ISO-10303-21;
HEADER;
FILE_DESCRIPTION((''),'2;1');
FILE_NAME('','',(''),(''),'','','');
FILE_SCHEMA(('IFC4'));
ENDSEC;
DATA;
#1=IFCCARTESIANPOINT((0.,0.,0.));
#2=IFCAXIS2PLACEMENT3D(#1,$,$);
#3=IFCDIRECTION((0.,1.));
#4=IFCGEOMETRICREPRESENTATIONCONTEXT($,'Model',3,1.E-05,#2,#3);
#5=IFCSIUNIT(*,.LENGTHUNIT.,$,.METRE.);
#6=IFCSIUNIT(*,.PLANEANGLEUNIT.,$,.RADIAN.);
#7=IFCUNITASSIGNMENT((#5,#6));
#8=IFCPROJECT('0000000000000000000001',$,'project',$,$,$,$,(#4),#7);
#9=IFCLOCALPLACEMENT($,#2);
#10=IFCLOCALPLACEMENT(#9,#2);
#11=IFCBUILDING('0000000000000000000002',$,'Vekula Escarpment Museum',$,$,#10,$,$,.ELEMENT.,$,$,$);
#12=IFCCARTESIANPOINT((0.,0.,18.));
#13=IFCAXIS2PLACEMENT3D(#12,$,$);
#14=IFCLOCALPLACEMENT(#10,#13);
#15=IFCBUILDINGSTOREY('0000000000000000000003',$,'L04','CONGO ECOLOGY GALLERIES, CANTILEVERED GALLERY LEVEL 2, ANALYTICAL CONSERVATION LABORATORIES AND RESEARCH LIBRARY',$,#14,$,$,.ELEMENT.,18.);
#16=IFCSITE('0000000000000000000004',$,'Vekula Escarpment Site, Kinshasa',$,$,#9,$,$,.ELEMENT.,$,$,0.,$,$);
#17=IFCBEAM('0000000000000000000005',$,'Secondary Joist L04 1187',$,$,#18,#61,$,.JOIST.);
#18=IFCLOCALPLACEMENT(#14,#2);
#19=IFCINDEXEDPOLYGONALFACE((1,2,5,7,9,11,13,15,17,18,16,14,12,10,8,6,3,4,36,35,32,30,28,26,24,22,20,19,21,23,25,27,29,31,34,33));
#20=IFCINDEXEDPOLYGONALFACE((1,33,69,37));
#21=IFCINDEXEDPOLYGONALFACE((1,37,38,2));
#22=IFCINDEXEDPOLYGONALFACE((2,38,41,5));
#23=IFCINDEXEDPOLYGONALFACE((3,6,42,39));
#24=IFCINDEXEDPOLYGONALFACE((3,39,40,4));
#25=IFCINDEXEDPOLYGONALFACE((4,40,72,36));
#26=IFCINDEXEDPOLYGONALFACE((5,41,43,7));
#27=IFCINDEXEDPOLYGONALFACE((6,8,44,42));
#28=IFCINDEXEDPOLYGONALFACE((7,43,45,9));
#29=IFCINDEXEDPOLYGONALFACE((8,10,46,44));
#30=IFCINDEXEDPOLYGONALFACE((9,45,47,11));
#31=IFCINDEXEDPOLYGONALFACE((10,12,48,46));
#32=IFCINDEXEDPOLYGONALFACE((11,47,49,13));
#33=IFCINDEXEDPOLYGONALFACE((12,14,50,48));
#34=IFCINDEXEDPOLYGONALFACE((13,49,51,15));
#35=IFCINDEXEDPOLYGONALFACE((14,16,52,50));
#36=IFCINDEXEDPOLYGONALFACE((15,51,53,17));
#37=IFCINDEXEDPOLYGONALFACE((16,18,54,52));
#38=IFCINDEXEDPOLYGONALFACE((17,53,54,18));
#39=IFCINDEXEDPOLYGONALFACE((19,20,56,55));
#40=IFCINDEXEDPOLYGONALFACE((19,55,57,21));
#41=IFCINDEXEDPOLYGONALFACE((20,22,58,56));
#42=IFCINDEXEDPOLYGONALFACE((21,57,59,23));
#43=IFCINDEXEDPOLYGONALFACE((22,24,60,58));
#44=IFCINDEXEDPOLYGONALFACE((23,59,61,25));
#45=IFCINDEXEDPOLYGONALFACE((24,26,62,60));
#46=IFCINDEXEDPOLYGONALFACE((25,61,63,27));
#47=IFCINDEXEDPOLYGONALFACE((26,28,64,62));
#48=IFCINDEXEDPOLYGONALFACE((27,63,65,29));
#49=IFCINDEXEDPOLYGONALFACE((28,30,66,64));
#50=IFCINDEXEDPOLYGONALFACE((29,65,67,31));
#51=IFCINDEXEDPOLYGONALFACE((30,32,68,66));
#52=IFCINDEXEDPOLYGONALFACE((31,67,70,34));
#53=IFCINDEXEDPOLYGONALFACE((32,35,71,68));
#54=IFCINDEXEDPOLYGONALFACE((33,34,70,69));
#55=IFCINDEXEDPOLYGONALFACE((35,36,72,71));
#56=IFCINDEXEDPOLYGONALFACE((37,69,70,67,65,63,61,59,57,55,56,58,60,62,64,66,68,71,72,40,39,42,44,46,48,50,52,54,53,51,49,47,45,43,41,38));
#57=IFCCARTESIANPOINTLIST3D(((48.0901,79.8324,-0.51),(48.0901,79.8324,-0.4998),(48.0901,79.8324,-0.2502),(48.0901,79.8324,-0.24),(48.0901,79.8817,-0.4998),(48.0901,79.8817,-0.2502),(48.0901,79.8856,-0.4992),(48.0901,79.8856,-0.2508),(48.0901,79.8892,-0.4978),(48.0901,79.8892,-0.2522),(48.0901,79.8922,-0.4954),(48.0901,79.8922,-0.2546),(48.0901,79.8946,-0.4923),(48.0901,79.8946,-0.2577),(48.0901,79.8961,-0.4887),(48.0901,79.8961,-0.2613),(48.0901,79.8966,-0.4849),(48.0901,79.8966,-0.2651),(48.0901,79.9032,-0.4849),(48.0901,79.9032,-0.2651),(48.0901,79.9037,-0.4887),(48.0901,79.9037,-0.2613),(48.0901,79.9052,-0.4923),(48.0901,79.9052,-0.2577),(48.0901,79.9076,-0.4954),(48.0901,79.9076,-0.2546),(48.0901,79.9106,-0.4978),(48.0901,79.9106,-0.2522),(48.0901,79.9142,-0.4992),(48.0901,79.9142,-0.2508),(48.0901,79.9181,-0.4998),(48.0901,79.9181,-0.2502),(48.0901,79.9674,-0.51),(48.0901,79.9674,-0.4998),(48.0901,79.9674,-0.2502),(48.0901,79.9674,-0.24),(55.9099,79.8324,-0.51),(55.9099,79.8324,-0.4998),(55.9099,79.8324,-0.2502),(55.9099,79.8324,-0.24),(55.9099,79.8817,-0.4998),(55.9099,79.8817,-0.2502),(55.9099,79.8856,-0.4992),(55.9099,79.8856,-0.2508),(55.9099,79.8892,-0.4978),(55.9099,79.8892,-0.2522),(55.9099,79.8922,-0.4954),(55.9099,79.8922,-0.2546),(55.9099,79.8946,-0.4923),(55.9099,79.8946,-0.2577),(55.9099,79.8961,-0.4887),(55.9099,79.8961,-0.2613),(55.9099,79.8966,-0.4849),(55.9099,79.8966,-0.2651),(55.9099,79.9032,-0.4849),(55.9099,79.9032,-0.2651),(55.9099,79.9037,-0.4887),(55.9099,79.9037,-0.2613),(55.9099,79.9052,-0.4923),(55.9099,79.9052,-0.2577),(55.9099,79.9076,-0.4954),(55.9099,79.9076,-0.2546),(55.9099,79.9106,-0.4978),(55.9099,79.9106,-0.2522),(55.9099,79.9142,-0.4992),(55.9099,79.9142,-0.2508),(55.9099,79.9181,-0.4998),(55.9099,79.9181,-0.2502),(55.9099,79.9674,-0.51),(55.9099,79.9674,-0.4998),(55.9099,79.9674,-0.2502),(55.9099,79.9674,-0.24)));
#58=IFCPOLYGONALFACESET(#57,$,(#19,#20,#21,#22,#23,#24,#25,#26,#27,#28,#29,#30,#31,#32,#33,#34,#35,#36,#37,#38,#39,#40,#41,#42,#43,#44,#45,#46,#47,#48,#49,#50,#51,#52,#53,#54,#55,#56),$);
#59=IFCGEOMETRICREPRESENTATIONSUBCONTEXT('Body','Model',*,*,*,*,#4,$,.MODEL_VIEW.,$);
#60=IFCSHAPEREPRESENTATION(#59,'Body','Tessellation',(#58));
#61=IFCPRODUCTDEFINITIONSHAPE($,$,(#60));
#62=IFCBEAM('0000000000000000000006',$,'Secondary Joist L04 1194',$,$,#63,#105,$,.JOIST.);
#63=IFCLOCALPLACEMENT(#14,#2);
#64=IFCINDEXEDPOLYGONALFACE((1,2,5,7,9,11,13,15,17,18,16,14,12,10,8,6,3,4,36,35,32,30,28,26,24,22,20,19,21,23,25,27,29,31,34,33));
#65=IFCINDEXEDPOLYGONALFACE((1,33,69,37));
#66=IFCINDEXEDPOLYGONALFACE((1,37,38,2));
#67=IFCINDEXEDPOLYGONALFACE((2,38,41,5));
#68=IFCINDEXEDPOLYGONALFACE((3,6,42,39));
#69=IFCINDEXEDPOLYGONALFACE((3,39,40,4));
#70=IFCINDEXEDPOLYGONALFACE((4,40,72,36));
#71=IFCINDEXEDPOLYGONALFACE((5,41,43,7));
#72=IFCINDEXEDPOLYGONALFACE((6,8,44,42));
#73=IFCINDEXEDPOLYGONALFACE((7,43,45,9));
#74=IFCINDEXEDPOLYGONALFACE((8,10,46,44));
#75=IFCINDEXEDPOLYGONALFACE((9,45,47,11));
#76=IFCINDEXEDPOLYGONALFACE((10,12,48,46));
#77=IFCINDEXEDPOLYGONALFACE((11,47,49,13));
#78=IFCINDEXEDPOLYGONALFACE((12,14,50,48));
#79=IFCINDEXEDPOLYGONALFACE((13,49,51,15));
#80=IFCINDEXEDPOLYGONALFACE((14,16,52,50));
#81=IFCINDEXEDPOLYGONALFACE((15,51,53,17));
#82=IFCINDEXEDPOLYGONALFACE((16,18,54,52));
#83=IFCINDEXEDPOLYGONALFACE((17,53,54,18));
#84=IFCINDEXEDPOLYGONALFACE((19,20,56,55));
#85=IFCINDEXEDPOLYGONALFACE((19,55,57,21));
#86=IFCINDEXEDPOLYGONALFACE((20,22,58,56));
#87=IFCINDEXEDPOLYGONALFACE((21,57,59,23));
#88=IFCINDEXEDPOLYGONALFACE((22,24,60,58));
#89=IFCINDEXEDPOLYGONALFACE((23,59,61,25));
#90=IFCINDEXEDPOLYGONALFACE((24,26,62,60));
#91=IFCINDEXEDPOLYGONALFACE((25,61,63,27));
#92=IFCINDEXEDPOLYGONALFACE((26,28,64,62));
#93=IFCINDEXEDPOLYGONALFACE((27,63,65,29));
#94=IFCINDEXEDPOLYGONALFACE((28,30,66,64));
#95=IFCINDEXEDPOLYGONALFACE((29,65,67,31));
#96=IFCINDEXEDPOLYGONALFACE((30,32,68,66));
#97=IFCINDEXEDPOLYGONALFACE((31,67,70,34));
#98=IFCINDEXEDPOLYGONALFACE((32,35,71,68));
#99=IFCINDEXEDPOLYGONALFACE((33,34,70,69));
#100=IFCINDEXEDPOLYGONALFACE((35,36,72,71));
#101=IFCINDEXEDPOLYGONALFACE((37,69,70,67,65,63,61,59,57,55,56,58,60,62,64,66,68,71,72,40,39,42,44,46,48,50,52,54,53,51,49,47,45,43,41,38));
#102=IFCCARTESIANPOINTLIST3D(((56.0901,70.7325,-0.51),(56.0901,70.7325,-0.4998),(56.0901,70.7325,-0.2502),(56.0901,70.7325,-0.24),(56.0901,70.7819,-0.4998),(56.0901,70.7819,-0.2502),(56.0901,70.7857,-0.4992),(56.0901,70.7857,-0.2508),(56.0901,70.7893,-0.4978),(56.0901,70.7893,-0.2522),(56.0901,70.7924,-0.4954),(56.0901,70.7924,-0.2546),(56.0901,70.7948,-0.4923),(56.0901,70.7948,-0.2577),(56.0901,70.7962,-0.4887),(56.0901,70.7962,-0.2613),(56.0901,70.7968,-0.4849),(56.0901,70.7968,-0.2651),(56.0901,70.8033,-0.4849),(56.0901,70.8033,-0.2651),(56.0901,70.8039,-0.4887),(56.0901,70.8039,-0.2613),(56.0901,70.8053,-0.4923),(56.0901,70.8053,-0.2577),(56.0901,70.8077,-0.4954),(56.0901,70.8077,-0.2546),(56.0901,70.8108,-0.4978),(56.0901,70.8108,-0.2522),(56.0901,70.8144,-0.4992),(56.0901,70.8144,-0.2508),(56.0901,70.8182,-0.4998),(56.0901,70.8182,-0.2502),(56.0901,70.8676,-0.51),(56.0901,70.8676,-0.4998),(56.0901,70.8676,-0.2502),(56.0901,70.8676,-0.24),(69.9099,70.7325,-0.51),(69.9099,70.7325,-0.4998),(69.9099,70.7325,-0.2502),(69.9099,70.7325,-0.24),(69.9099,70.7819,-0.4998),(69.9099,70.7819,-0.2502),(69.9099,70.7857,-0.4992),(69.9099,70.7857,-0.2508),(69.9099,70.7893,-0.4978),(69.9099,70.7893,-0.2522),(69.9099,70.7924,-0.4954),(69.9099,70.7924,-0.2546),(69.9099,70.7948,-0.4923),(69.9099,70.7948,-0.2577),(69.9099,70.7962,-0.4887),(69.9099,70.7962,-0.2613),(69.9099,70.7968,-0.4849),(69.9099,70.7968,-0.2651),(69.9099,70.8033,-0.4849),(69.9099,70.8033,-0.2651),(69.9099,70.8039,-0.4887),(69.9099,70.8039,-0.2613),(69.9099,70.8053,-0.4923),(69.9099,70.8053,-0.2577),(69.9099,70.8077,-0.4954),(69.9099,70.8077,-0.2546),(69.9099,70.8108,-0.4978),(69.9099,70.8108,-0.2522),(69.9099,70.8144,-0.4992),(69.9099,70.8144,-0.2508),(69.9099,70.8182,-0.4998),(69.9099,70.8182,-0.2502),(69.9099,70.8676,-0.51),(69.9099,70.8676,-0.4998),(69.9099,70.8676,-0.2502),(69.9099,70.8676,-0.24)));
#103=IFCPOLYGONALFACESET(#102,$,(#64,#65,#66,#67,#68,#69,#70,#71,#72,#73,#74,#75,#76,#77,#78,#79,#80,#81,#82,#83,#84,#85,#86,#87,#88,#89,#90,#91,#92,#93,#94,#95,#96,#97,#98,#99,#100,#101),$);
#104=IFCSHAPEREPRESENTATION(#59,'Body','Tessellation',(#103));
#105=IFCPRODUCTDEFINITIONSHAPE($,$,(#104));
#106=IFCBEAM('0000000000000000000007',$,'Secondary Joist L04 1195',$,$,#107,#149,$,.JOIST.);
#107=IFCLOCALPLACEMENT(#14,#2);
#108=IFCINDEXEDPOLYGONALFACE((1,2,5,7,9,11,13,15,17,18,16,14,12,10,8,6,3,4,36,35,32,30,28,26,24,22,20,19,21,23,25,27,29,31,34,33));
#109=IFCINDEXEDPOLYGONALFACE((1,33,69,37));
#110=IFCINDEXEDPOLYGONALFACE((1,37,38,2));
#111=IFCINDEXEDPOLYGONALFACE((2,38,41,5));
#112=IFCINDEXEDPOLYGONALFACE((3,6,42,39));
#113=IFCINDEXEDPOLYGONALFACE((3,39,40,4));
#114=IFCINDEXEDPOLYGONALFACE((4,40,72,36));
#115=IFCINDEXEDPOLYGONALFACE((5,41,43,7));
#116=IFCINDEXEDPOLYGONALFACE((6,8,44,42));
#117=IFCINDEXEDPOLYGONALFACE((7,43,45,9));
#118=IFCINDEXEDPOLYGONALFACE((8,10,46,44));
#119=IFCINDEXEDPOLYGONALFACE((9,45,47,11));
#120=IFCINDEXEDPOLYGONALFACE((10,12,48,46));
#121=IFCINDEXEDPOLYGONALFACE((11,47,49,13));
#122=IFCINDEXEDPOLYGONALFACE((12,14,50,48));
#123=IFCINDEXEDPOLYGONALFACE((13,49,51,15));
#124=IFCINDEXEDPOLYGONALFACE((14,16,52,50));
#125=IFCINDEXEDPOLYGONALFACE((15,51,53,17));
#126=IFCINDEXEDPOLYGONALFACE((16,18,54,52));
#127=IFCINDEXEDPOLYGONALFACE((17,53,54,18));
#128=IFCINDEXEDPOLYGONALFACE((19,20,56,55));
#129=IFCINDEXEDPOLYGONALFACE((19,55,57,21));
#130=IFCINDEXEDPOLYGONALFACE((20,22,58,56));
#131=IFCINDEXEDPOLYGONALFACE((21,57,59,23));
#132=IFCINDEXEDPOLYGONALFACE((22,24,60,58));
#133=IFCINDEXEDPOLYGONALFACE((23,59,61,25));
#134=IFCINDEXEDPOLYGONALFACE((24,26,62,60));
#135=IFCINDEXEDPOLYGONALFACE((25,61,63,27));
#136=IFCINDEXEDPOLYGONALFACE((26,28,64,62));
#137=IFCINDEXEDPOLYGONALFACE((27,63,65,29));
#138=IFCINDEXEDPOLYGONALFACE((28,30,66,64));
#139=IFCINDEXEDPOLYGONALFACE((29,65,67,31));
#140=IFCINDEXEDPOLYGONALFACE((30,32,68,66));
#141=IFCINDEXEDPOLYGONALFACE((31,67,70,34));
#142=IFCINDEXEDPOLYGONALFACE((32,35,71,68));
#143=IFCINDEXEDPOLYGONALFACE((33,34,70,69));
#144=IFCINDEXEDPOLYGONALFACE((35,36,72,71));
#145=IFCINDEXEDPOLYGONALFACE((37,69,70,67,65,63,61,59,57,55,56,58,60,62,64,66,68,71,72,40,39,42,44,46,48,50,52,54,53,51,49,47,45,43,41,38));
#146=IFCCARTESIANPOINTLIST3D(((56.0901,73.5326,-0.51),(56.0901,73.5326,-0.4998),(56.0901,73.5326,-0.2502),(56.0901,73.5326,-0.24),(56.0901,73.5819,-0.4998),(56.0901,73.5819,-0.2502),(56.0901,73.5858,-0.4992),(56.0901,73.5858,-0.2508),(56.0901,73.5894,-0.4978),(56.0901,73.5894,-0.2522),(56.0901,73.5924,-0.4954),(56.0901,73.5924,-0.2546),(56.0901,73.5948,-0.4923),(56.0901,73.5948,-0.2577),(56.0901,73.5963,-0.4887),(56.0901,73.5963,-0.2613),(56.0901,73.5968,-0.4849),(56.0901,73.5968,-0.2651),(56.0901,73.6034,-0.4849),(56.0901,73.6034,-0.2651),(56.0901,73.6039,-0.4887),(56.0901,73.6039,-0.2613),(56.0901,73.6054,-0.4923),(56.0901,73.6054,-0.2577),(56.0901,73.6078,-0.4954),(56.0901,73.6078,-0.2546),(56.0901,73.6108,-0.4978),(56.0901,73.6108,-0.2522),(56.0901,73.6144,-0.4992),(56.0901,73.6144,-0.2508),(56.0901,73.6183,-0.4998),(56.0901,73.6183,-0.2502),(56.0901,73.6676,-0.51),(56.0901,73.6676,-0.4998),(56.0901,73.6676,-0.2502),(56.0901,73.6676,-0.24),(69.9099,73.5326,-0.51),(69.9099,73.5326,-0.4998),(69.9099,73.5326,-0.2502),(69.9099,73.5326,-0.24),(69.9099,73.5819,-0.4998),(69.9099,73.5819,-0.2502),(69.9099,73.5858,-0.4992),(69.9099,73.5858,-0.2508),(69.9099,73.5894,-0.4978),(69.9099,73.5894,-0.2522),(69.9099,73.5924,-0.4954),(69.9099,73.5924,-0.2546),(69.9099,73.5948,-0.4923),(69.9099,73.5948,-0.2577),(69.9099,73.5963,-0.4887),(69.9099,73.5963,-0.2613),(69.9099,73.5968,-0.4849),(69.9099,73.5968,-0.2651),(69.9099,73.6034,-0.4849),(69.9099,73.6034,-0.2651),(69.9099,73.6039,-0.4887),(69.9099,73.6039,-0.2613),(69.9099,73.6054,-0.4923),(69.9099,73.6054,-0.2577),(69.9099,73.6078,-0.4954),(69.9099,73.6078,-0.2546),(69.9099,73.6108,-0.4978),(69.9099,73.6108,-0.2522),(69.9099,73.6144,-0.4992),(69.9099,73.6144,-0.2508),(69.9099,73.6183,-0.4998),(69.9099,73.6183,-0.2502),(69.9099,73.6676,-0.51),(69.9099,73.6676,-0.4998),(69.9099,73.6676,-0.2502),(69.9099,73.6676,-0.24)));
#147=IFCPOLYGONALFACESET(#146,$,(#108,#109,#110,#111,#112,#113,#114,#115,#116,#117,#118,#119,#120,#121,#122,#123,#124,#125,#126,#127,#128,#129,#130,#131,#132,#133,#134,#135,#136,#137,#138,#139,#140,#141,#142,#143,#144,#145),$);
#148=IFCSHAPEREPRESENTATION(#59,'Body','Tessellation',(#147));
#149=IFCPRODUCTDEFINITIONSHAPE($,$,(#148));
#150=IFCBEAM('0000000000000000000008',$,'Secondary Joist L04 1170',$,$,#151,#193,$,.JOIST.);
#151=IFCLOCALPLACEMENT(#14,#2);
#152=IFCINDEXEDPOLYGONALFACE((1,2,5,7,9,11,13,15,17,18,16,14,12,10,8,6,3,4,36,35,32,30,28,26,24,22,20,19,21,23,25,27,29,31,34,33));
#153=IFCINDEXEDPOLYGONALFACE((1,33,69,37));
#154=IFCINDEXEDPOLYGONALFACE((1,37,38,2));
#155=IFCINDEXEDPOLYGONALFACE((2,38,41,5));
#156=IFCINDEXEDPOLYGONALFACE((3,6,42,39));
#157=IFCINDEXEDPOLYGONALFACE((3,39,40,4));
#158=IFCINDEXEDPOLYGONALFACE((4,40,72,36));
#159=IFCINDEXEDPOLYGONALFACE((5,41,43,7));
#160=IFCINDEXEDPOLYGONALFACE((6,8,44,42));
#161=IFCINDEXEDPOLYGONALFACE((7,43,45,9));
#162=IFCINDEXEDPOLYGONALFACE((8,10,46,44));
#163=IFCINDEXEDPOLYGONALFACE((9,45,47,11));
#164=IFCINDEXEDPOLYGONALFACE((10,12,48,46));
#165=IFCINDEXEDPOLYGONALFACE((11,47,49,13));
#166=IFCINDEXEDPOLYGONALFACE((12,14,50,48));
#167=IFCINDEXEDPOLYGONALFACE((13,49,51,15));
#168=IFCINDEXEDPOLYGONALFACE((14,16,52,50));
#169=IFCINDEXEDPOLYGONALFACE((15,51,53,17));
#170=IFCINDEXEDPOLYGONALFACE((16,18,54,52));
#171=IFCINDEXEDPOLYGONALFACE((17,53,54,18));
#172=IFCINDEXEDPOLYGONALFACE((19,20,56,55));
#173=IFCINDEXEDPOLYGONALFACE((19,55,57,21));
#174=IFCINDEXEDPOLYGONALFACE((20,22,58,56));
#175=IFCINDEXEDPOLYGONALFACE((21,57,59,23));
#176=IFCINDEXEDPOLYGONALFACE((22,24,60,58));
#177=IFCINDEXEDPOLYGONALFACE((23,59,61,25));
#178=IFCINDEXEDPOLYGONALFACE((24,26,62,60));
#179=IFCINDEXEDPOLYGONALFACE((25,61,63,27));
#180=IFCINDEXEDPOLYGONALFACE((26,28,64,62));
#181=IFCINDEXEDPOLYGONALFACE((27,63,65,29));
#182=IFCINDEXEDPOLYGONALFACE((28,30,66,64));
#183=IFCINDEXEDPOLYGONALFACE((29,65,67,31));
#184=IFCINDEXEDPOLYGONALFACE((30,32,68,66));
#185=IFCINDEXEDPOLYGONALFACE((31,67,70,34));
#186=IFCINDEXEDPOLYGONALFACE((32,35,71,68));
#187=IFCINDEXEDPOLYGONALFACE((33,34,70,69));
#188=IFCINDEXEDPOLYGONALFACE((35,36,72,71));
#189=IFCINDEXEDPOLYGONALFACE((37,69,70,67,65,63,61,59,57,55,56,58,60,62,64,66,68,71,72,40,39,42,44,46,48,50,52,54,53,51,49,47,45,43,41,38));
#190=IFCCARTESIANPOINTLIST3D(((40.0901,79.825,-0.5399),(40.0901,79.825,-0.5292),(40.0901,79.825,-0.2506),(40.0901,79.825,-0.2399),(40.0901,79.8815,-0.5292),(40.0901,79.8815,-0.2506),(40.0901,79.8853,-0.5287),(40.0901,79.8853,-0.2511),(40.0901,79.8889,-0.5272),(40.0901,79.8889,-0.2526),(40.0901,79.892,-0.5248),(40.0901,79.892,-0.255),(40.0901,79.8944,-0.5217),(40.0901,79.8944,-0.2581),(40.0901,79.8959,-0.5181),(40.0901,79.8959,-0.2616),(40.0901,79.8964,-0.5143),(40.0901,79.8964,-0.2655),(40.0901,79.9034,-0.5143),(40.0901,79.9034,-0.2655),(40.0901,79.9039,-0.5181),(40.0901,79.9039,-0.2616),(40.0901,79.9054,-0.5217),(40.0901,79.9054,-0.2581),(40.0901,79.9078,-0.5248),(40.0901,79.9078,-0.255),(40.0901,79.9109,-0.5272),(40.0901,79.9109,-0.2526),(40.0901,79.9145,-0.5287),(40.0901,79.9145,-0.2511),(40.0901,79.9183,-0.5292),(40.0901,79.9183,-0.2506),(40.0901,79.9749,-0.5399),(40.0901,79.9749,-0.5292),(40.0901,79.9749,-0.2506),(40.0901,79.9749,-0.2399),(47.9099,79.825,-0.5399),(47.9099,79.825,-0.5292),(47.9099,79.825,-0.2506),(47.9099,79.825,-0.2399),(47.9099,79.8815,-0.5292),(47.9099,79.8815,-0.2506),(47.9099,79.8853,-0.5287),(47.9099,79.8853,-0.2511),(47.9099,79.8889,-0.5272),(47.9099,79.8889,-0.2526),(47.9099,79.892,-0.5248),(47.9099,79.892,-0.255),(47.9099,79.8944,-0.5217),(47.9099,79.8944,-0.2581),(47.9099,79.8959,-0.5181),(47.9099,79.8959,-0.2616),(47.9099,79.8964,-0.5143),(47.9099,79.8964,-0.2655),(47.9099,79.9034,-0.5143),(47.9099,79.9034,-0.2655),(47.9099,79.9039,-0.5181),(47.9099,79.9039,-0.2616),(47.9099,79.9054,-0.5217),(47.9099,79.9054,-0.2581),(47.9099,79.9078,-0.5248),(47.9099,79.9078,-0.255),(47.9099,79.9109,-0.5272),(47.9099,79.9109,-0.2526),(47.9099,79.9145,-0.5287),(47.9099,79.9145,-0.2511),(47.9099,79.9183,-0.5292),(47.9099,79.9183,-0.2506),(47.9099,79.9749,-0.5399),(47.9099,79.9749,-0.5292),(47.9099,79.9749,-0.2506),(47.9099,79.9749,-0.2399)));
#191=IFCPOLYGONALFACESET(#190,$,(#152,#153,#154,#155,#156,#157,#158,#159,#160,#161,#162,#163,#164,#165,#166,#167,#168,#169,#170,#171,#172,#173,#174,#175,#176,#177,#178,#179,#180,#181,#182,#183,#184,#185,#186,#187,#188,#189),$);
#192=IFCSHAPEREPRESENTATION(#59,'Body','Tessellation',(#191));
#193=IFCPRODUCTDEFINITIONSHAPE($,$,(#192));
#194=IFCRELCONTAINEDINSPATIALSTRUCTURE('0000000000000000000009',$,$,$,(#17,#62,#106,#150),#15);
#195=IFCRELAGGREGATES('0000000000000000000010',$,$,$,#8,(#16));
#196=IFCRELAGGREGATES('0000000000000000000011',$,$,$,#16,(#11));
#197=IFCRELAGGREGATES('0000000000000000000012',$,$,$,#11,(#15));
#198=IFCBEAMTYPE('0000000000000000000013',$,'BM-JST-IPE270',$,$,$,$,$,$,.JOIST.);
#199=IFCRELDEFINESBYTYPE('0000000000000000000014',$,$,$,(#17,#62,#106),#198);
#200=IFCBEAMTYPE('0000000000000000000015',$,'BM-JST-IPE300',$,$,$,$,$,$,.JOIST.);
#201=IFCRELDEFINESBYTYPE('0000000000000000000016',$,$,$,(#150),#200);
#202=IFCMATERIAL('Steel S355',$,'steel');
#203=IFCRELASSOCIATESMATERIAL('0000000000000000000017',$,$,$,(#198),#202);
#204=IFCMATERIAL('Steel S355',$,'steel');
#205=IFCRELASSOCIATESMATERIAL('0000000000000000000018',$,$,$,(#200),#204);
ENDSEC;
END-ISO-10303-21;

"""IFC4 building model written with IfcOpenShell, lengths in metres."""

from ifc_helpers import new_model, si_unit, direction, frame, origin, origin_2d, place, context, subcontext, project, spatial, i_section, extrude, material, material_profile, profile_set, type_object, element, save


model = new_model("IFC4")

# Units and contexts
model_context = context("Model", 3, precision=1e-05, world=origin(), true_north=direction((0.0, 1.0)))
body_context = subcontext(model_context, "Body", "Model", "MODEL_VIEW")
ifc_project = project(units=[si_unit("LENGTHUNIT", "METRE"), si_unit("PLANEANGLEUNIT", "RADIAN")], contexts=[model_context])

# Site, building, storey
site_placement = place(None, origin())
site = spatial("IfcSite", under=ifc_project, at=site_placement, Name="Vekula Escarpment Site, Kinshasa", CompositionType="ELEMENT", RefElevation=0.0)
building_placement = place(site_placement, origin())
building = spatial("IfcBuilding", under=site, at=building_placement, Name="Vekula Escarpment Museum", CompositionType="ELEMENT")
storey_placement = place(building_placement, frame((0.0, 0.0, 18.0)))
storey = spatial("IfcBuildingStorey", under=building, at=storey_placement, Name="L04", Description="CONGO ECOLOGY GALLERIES, CANTILEVERED GALLERY LEVEL 2, ANALYTICAL CONSERVATION LABORATORIES AND RESEARCH LIBRARY", CompositionType="ELEMENT", Elevation=18.0)

# Beams
ifc_material_1 = material(Name="Steel S355", Category="steel")
ifc_material_profile_1 = material_profile(ifc_material_1, i_section(OverallWidth=0.135, OverallDepth=0.27, WebThickness=0.0066, FlangeThickness=0.0103, FilletRadius=0.0149, at=origin_2d()), Name="IPE 270")
ifc_profile_set_1 = profile_set([ifc_material_profile_1], Name="Steel S355")
beam_type_1 = type_object("IfcBeamType", Name="BM-JST-IPE270", PredefinedType="JOIST", material=ifc_profile_set_1)
beam_1_placement = place(storey_placement, frame((48.0901, 79.8999, -0.375), z_axis=(1.0, 0.0, 0.0), x_axis=(0.0, 1.0, 0.0)))
element("IfcBeam", 1, at=beam_1_placement, inside=storey, type_object=beam_type_1, Name="Secondary Joist L04 1187", PredefinedType="JOIST", context=body_context, shape_type="SweptSolid", body=[
    extrude(i_section(OverallWidth=0.135, OverallDepth=0.27, WebThickness=0.0066, FlangeThickness=0.0103, FilletRadius=0.0149, at=origin_2d()), origin(), (0.0, 0.0, 1.0), 7.8198),
])
for number, where, z_axis, x_axis, name in (
    (2, (56.0901, 70.8, -0.375), (1.0, 0.0, 0.0), (0.0, 1.0, 0.0), "Secondary Joist L04 1194"),
    (3, (56.0901, 73.6001, -0.375), (1.0, 0.0, 0.0), (0.0, 1.0, 0.0), "Secondary Joist L04 1195"),
):
    element("IfcBeam", number, at=place(storey_placement, frame(where, z_axis=z_axis, x_axis=x_axis)), inside=storey, type_object=beam_type_1, Name=name, PredefinedType="JOIST", context=body_context, shape_type="SweptSolid", body=[
        extrude(i_section(OverallWidth=0.135, OverallDepth=0.27, WebThickness=0.0066, FlangeThickness=0.0103, FilletRadius=0.0149, at=origin_2d()), origin(), (0.0, 0.0, 1.0), 13.8198),
    ])
ifc_material_2 = material(Name="Steel S355", Category="steel")
ifc_material_profile_2 = material_profile(ifc_material_2, i_section(OverallWidth=0.1499, OverallDepth=0.3, WebThickness=0.0071, FlangeThickness=0.0107, FilletRadius=0.0149, at=origin_2d()), Name="IPE 300")
ifc_profile_set_2 = profile_set([ifc_material_profile_2], Name="Steel S355")
beam_type_2 = type_object("IfcBeamType", Name="BM-JST-IPE300", PredefinedType="JOIST", material=ifc_profile_set_2)
beam_2_placement = place(storey_placement, frame((40.0901, 79.8999, -0.3899), z_axis=(1.0, 0.0, 0.0), x_axis=(0.0, 1.0, 0.0)))
element("IfcBeam", 4, at=beam_2_placement, inside=storey, type_object=beam_type_2, Name="Secondary Joist L04 1170", PredefinedType="JOIST", context=body_context, shape_type="SweptSolid", body=[
    extrude(i_section(OverallWidth=0.1499, OverallDepth=0.3, WebThickness=0.0071, FlangeThickness=0.0107, FilletRadius=0.0149, at=origin_2d()), origin(), (0.0, 0.0, 1.0), 7.8198),
])

save(model, "model.ifc")
